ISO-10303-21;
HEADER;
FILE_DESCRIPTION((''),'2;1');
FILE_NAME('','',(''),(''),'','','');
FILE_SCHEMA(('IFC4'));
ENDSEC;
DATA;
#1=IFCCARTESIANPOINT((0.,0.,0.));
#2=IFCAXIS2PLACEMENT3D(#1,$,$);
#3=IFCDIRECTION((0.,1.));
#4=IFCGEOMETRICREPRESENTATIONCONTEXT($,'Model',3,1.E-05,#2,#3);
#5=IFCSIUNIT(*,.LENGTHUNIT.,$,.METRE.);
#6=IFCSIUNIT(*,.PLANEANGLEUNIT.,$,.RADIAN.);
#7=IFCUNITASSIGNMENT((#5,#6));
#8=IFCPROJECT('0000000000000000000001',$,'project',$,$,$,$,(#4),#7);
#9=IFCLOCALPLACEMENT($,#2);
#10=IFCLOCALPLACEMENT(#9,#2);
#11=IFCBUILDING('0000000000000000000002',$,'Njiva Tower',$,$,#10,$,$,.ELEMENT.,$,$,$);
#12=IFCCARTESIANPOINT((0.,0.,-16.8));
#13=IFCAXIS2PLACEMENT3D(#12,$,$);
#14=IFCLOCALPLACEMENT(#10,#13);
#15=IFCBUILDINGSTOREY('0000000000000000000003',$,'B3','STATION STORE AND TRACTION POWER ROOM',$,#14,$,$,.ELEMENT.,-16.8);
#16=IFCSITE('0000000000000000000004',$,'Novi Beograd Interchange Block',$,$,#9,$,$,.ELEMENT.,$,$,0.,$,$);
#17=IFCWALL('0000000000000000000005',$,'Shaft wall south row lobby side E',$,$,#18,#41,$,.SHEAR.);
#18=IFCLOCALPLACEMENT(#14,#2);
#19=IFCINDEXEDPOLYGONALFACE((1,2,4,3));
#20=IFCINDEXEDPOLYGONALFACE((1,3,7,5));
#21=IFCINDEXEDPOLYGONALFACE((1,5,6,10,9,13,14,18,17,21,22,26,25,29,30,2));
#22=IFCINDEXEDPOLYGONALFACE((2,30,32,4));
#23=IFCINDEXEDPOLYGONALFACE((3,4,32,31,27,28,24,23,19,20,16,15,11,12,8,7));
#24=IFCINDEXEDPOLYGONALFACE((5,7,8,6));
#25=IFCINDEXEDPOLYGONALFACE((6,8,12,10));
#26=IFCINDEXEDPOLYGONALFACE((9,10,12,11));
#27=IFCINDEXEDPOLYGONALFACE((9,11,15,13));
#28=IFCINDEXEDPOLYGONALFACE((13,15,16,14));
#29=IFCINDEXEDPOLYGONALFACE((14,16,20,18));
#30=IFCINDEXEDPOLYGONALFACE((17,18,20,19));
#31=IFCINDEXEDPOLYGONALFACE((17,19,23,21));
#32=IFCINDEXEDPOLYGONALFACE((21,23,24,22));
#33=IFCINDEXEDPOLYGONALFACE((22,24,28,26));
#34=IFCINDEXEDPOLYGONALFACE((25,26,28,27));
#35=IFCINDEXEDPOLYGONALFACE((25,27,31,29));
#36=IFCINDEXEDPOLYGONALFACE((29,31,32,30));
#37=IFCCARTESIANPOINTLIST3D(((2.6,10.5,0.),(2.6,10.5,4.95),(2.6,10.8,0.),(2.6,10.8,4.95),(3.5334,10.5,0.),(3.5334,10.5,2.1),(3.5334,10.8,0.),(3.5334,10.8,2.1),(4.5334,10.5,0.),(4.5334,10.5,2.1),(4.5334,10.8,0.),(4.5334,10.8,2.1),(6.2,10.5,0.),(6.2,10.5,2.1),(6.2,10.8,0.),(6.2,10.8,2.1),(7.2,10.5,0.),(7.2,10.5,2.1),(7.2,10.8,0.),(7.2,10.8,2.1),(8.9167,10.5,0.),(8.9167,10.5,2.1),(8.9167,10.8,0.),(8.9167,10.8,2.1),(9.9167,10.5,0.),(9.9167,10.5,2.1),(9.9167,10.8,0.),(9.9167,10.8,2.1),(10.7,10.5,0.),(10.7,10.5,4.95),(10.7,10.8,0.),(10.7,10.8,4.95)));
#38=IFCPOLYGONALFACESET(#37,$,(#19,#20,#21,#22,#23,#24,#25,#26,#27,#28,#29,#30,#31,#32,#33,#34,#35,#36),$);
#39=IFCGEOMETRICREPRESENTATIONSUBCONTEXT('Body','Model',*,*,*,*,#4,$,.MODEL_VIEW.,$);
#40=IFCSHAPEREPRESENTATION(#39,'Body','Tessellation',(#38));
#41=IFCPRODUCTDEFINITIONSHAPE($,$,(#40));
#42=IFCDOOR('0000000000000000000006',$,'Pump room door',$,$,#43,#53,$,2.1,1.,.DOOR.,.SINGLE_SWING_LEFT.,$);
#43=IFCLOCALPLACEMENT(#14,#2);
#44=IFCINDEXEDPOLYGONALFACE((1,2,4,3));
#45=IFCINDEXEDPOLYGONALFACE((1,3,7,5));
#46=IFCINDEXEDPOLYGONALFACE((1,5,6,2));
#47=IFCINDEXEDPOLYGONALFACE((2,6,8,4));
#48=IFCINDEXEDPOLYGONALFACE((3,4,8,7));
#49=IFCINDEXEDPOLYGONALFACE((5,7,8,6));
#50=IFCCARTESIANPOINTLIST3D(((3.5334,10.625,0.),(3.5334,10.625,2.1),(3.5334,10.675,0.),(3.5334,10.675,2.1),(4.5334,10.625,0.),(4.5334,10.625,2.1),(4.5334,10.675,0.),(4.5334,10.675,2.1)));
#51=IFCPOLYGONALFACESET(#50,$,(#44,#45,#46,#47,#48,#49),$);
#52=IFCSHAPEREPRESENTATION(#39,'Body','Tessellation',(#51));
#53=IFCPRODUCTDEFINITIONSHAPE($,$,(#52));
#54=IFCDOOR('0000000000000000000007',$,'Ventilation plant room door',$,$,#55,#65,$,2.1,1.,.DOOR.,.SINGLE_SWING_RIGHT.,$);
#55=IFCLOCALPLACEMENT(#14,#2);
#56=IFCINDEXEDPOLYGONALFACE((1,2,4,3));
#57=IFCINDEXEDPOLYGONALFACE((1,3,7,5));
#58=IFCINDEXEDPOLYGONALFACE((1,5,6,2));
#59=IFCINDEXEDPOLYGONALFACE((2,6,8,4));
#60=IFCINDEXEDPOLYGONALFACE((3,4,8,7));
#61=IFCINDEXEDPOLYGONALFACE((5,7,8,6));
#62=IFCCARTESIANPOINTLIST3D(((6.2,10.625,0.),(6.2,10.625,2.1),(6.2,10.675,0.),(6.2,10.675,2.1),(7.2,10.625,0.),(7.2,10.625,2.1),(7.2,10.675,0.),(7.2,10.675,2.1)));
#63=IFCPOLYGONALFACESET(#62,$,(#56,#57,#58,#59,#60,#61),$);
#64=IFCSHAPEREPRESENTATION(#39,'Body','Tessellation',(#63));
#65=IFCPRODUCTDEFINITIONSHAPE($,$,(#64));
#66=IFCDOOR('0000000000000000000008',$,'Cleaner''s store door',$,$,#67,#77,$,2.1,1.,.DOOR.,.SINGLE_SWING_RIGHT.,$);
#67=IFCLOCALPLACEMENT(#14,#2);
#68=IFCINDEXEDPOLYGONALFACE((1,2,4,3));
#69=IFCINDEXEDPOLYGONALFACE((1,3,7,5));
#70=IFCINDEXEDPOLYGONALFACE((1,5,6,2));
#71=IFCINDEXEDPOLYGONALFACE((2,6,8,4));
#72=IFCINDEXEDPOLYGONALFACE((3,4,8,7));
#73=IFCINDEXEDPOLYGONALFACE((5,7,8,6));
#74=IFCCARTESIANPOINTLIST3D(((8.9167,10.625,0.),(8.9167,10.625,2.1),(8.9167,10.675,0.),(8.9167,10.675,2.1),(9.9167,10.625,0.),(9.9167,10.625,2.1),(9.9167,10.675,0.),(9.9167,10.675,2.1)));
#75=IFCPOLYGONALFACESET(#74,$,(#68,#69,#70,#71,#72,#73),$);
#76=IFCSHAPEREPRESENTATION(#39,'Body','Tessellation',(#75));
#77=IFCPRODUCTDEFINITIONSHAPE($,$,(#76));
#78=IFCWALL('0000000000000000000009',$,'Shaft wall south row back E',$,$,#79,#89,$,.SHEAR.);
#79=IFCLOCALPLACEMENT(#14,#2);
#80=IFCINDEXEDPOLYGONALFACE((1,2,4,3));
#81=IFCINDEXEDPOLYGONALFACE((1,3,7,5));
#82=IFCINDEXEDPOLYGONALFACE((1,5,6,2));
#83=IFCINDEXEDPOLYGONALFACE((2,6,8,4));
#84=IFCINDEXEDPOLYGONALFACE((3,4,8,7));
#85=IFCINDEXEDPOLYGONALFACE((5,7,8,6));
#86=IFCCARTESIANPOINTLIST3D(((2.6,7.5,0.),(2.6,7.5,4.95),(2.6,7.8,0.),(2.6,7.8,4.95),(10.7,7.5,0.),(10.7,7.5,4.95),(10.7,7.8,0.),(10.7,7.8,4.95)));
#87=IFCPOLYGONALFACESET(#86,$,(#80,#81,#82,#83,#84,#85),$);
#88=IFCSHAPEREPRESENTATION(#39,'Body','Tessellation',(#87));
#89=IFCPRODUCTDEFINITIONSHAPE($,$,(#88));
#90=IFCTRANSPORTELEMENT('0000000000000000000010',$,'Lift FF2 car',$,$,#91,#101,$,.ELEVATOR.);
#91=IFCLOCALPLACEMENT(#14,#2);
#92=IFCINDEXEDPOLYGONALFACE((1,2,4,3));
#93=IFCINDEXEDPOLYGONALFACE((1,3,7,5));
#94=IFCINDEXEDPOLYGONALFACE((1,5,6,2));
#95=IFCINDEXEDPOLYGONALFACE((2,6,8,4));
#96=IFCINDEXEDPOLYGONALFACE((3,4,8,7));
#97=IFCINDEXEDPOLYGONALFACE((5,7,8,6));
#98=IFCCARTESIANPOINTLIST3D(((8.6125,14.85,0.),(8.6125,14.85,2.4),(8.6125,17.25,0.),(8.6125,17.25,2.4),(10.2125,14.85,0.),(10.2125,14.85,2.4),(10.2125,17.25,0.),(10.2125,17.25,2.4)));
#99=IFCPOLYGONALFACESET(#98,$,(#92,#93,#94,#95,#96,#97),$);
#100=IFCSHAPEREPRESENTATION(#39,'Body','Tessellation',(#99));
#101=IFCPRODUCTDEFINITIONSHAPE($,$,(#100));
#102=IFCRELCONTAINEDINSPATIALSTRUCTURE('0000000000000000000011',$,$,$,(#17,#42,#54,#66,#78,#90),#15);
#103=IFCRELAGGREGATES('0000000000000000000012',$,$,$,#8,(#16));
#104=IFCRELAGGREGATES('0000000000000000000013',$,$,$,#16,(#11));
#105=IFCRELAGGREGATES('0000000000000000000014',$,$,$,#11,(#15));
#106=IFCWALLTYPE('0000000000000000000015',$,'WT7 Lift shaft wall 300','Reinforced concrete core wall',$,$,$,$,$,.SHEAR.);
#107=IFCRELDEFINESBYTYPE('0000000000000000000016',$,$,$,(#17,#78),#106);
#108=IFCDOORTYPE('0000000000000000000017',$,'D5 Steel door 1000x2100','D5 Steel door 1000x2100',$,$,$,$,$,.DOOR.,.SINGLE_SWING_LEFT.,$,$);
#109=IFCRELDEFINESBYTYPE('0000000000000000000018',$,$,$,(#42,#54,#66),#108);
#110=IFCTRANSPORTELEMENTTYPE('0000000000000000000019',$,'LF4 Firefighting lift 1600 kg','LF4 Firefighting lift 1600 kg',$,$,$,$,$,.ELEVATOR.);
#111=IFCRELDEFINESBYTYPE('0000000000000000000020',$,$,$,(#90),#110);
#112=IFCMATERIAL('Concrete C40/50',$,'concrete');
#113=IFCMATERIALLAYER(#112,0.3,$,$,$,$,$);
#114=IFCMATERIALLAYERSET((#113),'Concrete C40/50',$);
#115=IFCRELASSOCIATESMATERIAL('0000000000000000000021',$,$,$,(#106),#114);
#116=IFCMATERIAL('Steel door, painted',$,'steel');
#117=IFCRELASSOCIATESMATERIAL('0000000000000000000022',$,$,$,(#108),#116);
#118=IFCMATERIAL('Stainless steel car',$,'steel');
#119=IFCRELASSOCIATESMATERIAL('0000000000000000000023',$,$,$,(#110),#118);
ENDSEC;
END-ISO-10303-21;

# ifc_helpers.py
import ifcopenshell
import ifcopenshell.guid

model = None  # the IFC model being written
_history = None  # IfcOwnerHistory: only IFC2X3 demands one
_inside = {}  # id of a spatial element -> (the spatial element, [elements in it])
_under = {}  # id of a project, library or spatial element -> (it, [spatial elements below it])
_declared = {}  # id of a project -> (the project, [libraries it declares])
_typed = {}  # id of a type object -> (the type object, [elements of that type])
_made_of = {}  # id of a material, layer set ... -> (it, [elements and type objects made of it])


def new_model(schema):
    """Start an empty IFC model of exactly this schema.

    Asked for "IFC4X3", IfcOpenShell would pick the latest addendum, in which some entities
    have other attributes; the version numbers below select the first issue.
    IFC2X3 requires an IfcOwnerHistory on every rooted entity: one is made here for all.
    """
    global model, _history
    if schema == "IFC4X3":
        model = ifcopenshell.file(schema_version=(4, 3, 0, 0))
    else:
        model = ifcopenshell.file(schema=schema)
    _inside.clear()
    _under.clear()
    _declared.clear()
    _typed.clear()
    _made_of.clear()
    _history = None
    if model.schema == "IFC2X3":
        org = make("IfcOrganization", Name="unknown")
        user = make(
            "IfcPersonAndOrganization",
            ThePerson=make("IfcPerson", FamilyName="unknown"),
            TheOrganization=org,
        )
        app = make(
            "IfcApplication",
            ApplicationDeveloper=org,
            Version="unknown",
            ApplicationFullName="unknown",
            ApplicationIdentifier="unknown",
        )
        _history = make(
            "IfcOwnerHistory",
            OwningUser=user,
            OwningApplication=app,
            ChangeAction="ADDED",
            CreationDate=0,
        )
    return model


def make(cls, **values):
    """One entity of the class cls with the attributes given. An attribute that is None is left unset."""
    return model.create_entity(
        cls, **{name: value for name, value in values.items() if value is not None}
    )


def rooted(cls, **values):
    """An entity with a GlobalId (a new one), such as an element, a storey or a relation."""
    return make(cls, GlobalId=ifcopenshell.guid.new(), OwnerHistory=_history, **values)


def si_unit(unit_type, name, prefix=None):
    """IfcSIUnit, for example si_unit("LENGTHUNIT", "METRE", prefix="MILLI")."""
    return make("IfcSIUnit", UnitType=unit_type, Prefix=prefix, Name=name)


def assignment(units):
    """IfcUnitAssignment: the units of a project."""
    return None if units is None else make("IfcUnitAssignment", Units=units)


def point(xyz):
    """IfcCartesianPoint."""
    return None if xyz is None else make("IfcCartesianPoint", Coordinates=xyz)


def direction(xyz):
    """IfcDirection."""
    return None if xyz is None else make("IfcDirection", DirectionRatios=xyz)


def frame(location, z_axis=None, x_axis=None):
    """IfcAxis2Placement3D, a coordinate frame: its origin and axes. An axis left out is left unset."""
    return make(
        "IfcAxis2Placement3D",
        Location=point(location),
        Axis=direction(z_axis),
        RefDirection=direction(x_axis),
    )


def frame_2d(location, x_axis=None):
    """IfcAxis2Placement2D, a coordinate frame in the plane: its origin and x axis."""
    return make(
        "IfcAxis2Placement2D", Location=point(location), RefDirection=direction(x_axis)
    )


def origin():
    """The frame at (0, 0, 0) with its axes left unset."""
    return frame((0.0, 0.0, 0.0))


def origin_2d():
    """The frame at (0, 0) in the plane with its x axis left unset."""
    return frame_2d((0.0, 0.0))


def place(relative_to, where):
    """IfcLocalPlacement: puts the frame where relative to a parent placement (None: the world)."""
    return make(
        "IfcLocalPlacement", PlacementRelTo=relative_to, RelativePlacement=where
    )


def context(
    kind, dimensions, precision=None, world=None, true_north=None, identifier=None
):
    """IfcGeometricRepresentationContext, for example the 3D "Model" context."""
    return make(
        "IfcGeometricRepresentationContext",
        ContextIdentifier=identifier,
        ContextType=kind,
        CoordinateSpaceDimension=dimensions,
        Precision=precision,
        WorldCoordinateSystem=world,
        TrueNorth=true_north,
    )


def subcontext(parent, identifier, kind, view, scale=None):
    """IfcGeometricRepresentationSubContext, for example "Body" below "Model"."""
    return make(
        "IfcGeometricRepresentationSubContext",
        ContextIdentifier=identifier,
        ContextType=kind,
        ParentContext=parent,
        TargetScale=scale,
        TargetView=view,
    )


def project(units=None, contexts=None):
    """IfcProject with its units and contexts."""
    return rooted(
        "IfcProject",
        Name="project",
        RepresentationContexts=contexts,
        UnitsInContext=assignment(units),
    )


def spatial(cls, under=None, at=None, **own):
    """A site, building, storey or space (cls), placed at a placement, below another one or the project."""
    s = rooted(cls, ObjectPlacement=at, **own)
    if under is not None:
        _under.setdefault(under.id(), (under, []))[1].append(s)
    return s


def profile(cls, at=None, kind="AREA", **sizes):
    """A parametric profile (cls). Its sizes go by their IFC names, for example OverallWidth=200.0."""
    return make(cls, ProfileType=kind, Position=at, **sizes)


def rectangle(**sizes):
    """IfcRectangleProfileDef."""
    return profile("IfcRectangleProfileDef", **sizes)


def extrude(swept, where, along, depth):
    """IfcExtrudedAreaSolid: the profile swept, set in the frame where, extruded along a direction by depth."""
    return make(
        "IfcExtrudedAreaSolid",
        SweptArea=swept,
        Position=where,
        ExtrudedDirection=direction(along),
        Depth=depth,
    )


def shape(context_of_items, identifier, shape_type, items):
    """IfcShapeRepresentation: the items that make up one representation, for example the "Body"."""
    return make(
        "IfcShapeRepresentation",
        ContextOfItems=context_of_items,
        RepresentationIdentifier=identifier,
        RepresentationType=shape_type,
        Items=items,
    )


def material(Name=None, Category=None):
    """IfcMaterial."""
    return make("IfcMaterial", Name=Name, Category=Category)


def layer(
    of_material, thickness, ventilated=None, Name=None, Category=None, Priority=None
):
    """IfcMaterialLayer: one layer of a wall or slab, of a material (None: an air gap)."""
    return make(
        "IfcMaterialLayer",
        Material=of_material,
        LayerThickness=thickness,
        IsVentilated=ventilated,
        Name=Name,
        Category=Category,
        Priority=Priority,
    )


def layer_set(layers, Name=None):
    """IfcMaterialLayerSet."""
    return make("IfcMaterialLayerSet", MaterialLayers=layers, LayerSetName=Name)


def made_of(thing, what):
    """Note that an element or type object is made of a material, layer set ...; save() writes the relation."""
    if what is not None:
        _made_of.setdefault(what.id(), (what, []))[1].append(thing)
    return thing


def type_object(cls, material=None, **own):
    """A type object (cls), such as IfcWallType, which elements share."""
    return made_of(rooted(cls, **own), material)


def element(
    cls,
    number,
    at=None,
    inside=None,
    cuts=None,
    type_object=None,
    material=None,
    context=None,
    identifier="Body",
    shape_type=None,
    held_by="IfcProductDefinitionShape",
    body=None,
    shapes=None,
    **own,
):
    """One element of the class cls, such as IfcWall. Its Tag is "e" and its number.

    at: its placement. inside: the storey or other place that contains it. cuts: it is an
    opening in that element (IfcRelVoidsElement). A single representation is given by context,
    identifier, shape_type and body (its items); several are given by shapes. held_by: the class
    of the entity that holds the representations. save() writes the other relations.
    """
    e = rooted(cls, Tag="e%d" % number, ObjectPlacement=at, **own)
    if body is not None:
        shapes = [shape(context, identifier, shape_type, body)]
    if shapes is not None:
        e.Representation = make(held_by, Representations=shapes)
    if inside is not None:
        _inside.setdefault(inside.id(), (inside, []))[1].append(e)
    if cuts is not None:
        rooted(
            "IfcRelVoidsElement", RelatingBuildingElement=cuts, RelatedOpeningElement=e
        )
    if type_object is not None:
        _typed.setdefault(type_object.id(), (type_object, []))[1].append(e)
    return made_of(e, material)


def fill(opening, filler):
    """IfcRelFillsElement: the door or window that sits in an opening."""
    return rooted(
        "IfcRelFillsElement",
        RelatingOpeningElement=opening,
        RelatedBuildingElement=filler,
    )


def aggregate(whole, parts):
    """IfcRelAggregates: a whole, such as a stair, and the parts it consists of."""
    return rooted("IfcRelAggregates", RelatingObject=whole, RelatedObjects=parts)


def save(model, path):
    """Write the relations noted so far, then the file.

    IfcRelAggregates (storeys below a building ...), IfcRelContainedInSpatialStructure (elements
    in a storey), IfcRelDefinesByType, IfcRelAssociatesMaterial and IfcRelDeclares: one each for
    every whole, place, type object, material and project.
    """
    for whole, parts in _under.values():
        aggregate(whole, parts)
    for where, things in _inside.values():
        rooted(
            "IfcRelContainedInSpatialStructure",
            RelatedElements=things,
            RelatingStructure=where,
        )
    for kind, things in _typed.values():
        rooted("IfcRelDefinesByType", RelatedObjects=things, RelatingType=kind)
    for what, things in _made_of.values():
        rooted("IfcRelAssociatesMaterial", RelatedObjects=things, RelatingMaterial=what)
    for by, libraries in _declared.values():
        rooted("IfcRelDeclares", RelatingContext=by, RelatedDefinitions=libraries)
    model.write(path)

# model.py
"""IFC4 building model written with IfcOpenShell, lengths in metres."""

from ifc_helpers import new_model, si_unit, direction, frame, frame_2d, origin, origin_2d, place, context, subcontext, project, spatial, rectangle, extrude, material, layer, layer_set, type_object, element, fill, save


model = new_model("IFC4")

# Units and contexts
model_context = context("Model", 3, precision=1e-05, world=origin(), true_north=direction((0.0, 1.0)))
body_context = subcontext(model_context, "Body", "Model", "MODEL_VIEW")
ifc_project = project(units=[si_unit("LENGTHUNIT", "METRE"), si_unit("PLANEANGLEUNIT", "RADIAN")], contexts=[model_context])

# Site, building, storey
site_placement = place(None, origin())
site = spatial("IfcSite", under=ifc_project, at=site_placement, Name="Novi Beograd Interchange Block", CompositionType="ELEMENT", RefElevation=0.0)
building_placement = place(site_placement, origin())
building = spatial("IfcBuilding", under=site, at=building_placement, Name="Njiva Tower", CompositionType="ELEMENT")
storey_placement = place(building_placement, frame((0.0, 0.0, -16.8)))
storey = spatial("IfcBuildingStorey", under=building, at=storey_placement, Name="B3", Description="STATION STORE AND TRACTION POWER ROOM", CompositionType="ELEMENT", Elevation=-16.8)

# Shared definitions
ifc_material_1 = material(Name="Concrete C40/50", Category="concrete")

# Wall, openings, doors
ifc_layer_1 = layer(ifc_material_1, 0.3)
ifc_layer_set_1 = layer_set([ifc_layer_1], Name="Concrete C40/50")
wall_type_1 = type_object("IfcWallType", Name="WT7 Lift shaft wall 300", Description="Reinforced concrete core wall", PredefinedType="SHEAR", material=ifc_layer_set_1)
wall_1_placement = place(storey_placement, frame((2.6, 10.65, 0.0), z_axis=(0.0, 0.0, 1.0), x_axis=(1.0, 0.0, 0.0)))
wall_1 = element("IfcWall", 1, at=wall_1_placement, inside=storey, type_object=wall_type_1, Name="Shaft wall south row lobby side E", PredefinedType="SHEAR", context=body_context, shape_type="SweptSolid", body=[
    extrude(rectangle(XDim=8.1, YDim=0.3, at=frame_2d((4.05, 0.0))), origin(), (0.0, 0.0, 1.0), 4.95),
])
opening_1_placement = place(wall_1_placement, frame((0.9334, 0.0, 0.0)))
opening_1 = element("IfcOpeningElement", 2, at=opening_1_placement, cuts=wall_1, PredefinedType="OPENING", context=body_context, shape_type="SweptSolid", body=[
    extrude(rectangle(XDim=1.0, YDim=2.1, at=frame_2d((0.5, 1.05))), frame((0.0, 0.16, 0.0), z_axis=(0.0, -1.0, 0.0), x_axis=(1.0, 0.0, 0.0)), (0.0, 0.0, 1.0), 0.32),
])
opening_2_placement = place(wall_1_placement, frame((3.6, 0.0, 0.0)))
opening_2 = element("IfcOpeningElement", 3, at=opening_2_placement, cuts=wall_1, PredefinedType="OPENING", context=body_context, shape_type="SweptSolid", body=[
    extrude(rectangle(XDim=1.0, YDim=2.1, at=frame_2d((0.5, 1.05))), frame((0.0, 0.16, 0.0), z_axis=(0.0, -1.0, 0.0), x_axis=(1.0, 0.0, 0.0)), (0.0, 0.0, 1.0), 0.32),
])
opening_3_placement = place(wall_1_placement, frame((6.3167, 0.0, 0.0)))
opening_3 = element("IfcOpeningElement", 4, at=opening_3_placement, cuts=wall_1, PredefinedType="OPENING", context=body_context, shape_type="SweptSolid", body=[
    extrude(rectangle(XDim=1.0, YDim=2.1, at=frame_2d((0.5, 1.05))), frame((0.0, 0.16, 0.0), z_axis=(0.0, -1.0, 0.0), x_axis=(1.0, 0.0, 0.0)), (0.0, 0.0, 1.0), 0.32),
])
ifc_material_2 = material(Name="Steel door, painted", Category="steel")
door_type_1 = type_object("IfcDoorType", Name="D5 Steel door 1000x2100", Description="D5 Steel door 1000x2100", OperationType="SINGLE_SWING_LEFT", PredefinedType="DOOR", material=ifc_material_2)
door_1_placement = place(opening_1_placement, origin())
door_1 = element("IfcDoor", 5, at=door_1_placement, inside=storey, type_object=door_type_1, Name="Pump room door", OperationType="SINGLE_SWING_LEFT", OverallHeight=2.1, OverallWidth=1.0, PredefinedType="DOOR", context=body_context, shape_type="SweptSolid", body=[
    extrude(rectangle(XDim=1.0, YDim=2.1, at=frame_2d((0.5, 1.05))), frame((0.0, 0.025, 0.0), z_axis=(0.0, -1.0, 0.0), x_axis=(1.0, 0.0, 0.0)), (0.0, 0.0, 1.0), 0.05),
])
fill(opening_1, door_1)
door_2_placement = place(opening_2_placement, origin())
door_2 = element("IfcDoor", 6, at=door_2_placement, inside=storey, type_object=door_type_1, Name="Ventilation plant room door", OperationType="SINGLE_SWING_RIGHT", OverallHeight=2.1, OverallWidth=1.0, PredefinedType="DOOR", context=body_context, shape_type="SweptSolid", body=[
    extrude(rectangle(XDim=1.0, YDim=2.1, at=frame_2d((0.5, 1.05))), frame((0.0, 0.025, 0.0), z_axis=(0.0, -1.0, 0.0), x_axis=(1.0, 0.0, 0.0)), (0.0, 0.0, 1.0), 0.05),
])
fill(opening_2, door_2)
door_3_placement = place(opening_3_placement, origin())
door_3 = element("IfcDoor", 7, at=door_3_placement, inside=storey, type_object=door_type_1, Name="Cleaner's store door", OperationType="SINGLE_SWING_RIGHT", OverallHeight=2.1, OverallWidth=1.0, PredefinedType="DOOR", context=body_context, shape_type="SweptSolid", body=[
    extrude(rectangle(XDim=1.0, YDim=2.1, at=frame_2d((0.5, 1.05))), frame((0.0, 0.025, 0.0), z_axis=(0.0, -1.0, 0.0), x_axis=(1.0, 0.0, 0.0)), (0.0, 0.0, 1.0), 0.05),
])
fill(opening_3, door_3)

# Wall
wall_2_placement = place(storey_placement, frame((2.6, 7.65, 0.0), z_axis=(0.0, 0.0, 1.0), x_axis=(1.0, 0.0, 0.0)))
element("IfcWall", 8, at=wall_2_placement, inside=storey, type_object=wall_type_1, Name="Shaft wall south row back E", PredefinedType="SHEAR", context=body_context, shape_type="SweptSolid", body=[
    extrude(rectangle(XDim=8.1, YDim=0.3, at=frame_2d((4.05, 0.0))), origin(), (0.0, 0.0, 1.0), 4.95),
])

# Transport element
ifc_material_3 = material(Name="Stainless steel car", Category="steel")
transport_element_type = type_object("IfcTransportElementType", Name="LF4 Firefighting lift 1600 kg", Description="LF4 Firefighting lift 1600 kg", PredefinedType="ELEVATOR", material=ifc_material_3)
transport_element_placement = place(storey_placement, frame((9.4125, 16.05, 0.0), z_axis=(0.0, 0.0, 1.0), x_axis=(1.0, 0.0, 0.0)))
element("IfcTransportElement", 9, at=transport_element_placement, inside=storey, type_object=transport_element_type, Name="Lift FF2 car", PredefinedType="ELEVATOR", context=body_context, shape_type="SweptSolid", body=[
    extrude(rectangle(XDim=1.6, YDim=2.4, at=origin_2d()), origin(), (0.0, 0.0, 1.0), 2.4),
])

save(model, "model.ifc")
